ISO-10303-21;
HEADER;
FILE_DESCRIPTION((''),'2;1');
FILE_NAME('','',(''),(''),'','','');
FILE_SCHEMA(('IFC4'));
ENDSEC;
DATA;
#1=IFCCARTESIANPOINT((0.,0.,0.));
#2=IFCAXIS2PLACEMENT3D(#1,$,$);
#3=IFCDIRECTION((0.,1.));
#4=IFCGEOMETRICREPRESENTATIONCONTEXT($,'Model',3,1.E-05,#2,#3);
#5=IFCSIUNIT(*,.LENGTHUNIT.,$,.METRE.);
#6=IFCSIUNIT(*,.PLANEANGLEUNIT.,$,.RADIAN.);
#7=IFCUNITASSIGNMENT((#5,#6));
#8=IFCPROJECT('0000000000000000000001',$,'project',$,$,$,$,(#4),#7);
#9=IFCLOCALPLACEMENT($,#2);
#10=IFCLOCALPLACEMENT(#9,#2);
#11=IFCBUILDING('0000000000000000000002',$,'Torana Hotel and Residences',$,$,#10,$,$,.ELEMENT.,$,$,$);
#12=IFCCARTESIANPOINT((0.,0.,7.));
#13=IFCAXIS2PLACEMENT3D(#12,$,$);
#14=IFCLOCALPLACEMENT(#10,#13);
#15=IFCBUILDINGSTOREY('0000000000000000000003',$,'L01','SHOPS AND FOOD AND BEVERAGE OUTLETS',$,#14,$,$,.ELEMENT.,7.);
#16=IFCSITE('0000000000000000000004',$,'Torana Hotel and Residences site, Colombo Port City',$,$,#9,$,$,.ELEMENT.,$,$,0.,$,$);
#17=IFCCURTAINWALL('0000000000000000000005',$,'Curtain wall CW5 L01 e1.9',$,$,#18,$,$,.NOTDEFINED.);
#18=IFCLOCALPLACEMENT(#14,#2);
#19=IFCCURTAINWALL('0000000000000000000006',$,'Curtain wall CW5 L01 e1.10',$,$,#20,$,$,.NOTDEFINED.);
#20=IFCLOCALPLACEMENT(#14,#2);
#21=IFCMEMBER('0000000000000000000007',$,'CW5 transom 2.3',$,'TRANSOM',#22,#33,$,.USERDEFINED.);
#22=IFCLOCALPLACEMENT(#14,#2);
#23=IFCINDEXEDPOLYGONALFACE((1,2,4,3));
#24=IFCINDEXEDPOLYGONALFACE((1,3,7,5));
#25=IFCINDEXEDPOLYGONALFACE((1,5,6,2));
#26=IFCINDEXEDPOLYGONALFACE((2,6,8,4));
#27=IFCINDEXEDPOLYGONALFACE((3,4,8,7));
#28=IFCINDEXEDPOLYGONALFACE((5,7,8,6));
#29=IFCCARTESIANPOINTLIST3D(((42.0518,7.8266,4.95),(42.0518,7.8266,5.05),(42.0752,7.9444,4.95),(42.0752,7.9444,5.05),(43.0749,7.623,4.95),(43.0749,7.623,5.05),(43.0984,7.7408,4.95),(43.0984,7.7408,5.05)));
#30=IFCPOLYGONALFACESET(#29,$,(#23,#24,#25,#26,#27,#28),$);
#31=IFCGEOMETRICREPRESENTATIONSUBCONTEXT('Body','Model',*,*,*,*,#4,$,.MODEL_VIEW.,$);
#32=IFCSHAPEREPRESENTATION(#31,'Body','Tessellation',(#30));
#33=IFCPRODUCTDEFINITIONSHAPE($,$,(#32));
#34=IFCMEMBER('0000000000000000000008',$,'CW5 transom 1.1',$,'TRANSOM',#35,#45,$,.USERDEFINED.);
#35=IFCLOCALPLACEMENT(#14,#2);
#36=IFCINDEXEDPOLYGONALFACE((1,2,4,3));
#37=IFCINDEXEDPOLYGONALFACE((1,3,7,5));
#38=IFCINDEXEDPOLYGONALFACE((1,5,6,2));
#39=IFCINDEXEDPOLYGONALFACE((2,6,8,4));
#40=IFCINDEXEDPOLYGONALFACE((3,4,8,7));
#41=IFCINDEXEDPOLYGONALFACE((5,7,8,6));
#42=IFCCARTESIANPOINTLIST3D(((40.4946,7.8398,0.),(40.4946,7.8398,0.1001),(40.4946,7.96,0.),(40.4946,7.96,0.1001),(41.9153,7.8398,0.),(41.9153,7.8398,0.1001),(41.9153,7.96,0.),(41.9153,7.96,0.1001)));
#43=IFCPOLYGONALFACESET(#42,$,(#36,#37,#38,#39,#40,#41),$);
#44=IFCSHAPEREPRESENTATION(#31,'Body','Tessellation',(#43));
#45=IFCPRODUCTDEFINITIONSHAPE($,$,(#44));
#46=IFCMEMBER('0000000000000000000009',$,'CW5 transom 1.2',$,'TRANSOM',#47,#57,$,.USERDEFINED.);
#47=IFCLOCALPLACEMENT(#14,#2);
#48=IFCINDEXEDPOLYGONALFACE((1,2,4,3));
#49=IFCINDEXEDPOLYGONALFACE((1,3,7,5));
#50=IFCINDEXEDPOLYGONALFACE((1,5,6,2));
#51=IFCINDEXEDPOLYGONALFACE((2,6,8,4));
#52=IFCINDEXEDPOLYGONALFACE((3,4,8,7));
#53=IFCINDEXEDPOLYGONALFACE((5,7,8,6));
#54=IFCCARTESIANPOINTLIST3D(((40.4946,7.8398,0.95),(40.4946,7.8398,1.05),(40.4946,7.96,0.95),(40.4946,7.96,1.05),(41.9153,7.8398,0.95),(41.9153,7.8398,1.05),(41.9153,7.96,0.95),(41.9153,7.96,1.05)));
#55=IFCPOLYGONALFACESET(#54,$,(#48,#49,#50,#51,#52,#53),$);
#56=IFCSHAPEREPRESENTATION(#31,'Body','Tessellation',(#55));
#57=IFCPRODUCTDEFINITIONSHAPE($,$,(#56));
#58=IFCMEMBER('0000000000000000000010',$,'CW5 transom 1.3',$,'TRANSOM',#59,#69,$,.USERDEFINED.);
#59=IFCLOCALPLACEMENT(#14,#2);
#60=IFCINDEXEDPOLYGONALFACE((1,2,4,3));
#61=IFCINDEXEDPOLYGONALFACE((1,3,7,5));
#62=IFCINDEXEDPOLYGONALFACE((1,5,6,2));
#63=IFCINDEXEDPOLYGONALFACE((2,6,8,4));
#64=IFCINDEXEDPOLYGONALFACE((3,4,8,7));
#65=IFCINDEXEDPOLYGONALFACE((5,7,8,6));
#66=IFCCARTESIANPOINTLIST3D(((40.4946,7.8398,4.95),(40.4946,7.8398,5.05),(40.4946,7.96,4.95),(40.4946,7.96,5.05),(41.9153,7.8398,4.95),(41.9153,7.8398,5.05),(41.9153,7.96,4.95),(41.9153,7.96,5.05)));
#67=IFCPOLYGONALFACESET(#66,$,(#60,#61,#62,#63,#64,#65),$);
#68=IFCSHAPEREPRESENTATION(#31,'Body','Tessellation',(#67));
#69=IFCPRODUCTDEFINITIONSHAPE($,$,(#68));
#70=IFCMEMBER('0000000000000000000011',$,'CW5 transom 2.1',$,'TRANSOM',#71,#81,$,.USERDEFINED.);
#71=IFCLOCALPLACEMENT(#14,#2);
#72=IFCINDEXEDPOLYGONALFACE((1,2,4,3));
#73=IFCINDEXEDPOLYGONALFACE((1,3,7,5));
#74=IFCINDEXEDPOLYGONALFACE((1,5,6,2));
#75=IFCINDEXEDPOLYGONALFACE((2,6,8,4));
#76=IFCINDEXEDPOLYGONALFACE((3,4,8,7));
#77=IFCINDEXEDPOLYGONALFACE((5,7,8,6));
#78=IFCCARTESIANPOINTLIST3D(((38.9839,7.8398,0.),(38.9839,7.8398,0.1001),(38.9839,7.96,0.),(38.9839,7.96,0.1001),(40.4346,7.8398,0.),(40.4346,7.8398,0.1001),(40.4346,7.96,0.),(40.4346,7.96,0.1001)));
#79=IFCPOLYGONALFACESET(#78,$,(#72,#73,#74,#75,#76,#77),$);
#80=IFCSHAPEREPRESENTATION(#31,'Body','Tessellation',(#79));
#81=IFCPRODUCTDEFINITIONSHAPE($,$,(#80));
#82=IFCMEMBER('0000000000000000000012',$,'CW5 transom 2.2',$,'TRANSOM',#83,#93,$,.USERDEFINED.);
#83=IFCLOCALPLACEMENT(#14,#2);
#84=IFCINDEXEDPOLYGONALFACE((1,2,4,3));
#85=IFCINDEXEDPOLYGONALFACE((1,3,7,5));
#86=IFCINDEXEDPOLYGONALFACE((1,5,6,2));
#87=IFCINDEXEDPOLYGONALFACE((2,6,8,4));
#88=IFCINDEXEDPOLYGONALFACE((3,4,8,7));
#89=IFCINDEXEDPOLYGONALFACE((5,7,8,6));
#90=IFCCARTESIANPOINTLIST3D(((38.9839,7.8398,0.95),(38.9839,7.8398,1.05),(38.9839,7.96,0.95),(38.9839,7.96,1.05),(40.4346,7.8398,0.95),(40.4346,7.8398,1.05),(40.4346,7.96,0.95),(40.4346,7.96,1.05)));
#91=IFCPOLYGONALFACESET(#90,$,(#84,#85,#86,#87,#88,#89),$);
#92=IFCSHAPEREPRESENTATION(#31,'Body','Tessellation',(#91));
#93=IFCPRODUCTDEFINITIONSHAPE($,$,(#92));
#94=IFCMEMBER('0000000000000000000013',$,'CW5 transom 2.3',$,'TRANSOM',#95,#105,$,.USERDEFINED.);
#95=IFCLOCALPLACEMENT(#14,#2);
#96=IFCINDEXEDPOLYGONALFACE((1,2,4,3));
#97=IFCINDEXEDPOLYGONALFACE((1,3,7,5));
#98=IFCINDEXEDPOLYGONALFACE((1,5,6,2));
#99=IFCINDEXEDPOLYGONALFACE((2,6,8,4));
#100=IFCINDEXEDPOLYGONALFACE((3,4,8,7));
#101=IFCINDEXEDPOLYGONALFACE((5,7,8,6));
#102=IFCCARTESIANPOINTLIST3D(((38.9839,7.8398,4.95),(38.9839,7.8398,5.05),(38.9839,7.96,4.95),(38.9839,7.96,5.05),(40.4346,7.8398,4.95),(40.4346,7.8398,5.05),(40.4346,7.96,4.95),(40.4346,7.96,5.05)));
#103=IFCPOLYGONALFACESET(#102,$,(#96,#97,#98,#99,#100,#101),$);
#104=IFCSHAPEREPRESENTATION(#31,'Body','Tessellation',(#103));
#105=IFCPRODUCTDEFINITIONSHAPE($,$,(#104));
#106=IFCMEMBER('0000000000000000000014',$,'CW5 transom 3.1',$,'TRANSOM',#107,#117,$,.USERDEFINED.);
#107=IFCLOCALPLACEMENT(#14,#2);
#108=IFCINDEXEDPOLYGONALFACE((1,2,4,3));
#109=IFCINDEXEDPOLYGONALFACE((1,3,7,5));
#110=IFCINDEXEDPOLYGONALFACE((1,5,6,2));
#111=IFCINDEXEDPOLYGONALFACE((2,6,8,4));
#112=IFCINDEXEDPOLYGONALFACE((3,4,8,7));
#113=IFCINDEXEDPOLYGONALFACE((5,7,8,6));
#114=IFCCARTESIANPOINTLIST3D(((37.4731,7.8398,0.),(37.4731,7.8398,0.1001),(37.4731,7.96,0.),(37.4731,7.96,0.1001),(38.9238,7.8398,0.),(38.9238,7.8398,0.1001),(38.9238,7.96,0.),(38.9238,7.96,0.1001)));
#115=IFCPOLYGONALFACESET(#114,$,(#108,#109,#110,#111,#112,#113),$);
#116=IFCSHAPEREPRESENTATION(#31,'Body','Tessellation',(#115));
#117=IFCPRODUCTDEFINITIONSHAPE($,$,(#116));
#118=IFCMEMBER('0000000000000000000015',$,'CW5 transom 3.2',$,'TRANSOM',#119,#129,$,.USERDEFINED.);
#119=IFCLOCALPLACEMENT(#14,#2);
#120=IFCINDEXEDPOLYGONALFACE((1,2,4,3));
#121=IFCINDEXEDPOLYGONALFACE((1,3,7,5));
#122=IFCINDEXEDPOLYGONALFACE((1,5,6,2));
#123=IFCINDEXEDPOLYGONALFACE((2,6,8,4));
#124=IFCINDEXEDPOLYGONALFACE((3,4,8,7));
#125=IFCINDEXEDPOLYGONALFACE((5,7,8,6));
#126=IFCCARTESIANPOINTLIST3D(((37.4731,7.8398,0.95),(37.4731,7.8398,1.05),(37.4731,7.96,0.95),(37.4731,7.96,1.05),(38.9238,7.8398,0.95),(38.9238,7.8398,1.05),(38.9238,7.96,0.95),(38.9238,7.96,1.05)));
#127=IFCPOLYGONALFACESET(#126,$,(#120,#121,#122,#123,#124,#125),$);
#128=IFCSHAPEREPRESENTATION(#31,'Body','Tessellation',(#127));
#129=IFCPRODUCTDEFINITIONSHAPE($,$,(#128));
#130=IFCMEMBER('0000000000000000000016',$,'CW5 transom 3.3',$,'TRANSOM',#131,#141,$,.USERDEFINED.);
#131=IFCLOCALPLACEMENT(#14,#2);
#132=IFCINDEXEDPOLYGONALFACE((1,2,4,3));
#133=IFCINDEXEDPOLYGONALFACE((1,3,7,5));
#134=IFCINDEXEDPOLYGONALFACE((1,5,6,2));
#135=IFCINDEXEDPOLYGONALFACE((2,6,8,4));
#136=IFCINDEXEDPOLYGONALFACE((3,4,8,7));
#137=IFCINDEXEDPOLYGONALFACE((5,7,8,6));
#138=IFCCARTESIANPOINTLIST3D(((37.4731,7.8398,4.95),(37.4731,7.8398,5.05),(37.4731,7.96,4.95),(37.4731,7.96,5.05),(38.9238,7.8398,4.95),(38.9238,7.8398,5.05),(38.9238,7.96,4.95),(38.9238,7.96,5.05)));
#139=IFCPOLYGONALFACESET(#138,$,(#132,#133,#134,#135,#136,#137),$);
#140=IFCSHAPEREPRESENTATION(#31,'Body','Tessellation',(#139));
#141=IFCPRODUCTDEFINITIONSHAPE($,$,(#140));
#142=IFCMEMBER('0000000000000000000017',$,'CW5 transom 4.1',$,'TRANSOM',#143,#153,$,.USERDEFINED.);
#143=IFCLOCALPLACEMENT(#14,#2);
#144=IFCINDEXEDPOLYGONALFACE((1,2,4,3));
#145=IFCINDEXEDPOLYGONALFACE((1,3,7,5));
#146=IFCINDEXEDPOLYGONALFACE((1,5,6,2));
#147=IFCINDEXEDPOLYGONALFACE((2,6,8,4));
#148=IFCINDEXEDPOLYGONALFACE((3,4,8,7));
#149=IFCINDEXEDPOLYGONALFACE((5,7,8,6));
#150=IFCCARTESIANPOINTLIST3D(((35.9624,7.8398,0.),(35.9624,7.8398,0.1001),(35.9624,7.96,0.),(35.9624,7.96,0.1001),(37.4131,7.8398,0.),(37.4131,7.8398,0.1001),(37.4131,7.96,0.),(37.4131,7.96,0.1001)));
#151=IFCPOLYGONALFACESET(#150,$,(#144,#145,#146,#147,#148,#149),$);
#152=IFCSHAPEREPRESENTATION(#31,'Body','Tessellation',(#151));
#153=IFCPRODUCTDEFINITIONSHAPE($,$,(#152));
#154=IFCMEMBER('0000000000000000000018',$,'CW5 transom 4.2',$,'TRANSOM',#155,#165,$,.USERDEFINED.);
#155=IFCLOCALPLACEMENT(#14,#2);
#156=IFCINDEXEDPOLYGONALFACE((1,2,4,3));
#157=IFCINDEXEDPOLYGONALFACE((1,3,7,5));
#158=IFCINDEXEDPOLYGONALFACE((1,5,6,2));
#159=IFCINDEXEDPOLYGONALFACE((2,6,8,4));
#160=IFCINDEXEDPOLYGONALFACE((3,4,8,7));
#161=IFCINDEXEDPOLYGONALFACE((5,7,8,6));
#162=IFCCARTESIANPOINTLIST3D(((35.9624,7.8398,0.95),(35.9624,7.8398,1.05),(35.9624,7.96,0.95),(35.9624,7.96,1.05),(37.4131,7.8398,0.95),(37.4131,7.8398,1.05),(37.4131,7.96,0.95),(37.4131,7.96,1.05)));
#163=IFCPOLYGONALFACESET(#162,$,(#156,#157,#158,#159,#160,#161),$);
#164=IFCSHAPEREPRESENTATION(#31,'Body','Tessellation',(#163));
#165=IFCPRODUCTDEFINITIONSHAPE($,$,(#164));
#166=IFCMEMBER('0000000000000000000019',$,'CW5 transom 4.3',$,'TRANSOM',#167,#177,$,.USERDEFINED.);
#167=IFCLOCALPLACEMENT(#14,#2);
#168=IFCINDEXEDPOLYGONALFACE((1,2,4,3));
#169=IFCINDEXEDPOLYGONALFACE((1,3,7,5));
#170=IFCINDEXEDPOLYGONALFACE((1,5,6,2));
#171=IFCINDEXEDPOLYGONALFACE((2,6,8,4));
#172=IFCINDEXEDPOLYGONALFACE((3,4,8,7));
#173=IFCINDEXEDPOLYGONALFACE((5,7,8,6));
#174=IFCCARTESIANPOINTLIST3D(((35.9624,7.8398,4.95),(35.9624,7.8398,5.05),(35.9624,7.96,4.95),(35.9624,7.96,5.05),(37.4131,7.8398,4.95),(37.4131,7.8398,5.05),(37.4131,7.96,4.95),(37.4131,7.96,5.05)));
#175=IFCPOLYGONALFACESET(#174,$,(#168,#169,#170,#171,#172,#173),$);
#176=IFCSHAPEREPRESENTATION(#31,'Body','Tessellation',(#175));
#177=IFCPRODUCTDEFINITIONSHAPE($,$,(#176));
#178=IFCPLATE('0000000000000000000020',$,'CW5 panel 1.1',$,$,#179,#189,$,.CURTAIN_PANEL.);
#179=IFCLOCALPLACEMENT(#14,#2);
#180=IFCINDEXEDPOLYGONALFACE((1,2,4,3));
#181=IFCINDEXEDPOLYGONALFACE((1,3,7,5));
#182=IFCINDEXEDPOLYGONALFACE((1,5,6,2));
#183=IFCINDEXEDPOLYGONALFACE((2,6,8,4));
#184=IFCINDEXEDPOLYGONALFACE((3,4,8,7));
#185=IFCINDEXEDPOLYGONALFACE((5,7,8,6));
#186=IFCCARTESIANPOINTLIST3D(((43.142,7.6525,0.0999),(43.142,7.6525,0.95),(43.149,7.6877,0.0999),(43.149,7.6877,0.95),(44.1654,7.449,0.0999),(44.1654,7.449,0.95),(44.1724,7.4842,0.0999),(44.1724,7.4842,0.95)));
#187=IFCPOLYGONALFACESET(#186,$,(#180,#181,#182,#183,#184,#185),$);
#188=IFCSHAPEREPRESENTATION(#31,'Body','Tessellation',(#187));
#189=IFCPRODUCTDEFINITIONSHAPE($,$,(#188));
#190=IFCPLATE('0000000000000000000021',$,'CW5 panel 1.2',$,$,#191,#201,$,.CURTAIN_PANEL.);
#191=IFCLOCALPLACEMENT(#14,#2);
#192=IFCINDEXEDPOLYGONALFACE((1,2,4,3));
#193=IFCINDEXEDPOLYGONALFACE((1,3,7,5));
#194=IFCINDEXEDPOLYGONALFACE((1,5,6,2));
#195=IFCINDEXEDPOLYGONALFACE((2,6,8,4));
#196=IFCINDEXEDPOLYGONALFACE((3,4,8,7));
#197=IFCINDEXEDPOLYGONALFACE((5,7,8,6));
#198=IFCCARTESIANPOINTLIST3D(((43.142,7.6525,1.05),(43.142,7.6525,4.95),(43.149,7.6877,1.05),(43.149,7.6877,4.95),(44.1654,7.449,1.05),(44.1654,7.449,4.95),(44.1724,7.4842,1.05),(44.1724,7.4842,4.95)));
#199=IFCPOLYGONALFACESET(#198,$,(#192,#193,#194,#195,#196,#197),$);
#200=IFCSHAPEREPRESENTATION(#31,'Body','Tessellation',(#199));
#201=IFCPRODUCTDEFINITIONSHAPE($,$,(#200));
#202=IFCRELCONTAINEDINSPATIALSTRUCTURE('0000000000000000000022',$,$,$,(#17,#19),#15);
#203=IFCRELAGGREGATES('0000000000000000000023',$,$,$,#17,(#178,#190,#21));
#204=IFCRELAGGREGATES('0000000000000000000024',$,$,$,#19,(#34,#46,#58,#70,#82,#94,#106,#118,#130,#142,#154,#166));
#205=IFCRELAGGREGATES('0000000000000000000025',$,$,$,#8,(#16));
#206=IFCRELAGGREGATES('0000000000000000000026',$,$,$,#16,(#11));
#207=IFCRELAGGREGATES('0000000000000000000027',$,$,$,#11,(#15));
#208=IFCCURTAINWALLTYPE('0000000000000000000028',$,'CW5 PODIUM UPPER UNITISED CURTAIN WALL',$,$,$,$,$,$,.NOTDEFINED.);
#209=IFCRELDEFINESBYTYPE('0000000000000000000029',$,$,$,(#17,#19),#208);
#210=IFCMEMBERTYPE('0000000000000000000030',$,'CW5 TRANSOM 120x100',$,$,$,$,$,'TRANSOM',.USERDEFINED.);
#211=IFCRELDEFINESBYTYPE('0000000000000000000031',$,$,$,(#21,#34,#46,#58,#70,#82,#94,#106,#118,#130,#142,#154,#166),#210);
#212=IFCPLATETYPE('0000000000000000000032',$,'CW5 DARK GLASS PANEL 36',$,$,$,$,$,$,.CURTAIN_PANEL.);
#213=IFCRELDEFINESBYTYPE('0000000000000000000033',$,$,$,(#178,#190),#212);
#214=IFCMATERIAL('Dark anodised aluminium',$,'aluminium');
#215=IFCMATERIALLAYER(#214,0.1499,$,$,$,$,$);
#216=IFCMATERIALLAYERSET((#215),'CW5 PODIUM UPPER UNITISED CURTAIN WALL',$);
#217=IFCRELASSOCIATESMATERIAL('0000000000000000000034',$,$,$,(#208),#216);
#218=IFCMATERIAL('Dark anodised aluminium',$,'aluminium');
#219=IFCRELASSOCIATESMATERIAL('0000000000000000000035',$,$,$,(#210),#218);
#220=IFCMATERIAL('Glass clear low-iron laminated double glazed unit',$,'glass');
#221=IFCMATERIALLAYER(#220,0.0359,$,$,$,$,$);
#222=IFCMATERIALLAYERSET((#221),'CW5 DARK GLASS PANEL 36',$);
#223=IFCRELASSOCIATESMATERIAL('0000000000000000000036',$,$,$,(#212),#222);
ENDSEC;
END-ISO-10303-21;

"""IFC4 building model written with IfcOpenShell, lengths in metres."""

from ifc_helpers import new_model, si_unit, direction, frame, origin, origin_2d, place, context, subcontext, project, spatial, rectangle, extrude, material, layer, layer_set, material_profile, profile_set, type_object, element, aggregate, save


model = new_model("IFC4")

# Units and contexts
model_context = context("Model", 3, precision=1e-05, world=origin(), true_north=direction((0.0, 1.0)))
body_context = subcontext(model_context, "Body", "Model", "MODEL_VIEW")
ifc_project = project(units=[si_unit("LENGTHUNIT", "METRE"), si_unit("PLANEANGLEUNIT", "RADIAN")], contexts=[model_context])

# Site, building, storey
site_placement = place(None, origin())
site = spatial("IfcSite", under=ifc_project, at=site_placement, Name="Torana Hotel and Residences site, Colombo Port City", CompositionType="ELEMENT", RefElevation=0.0)
building_placement = place(site_placement, origin())
building = spatial("IfcBuilding", under=site, at=building_placement, Name="Torana Hotel and Residences", CompositionType="ELEMENT")
storey_placement = place(building_placement, frame((0.0, 0.0, 7.0)))
storey = spatial("IfcBuildingStorey", under=building, at=storey_placement, Name="L01", Description="SHOPS AND FOOD AND BEVERAGE OUTLETS", CompositionType="ELEMENT", Elevation=7.0)

# Curtain walls
ifc_material_1 = material(Name="Dark anodised aluminium", Category="aluminium")
ifc_layer_1 = layer(ifc_material_1, 0.1499)
ifc_layer_set_1 = layer_set([ifc_layer_1], Name="CW5 PODIUM UPPER UNITISED CURTAIN WALL")
curtain_wall_type = type_object("IfcCurtainWallType", Name="CW5 PODIUM UPPER UNITISED CURTAIN WALL", PredefinedType="NOTDEFINED", material=ifc_layer_set_1)
curtain_wall_1_placement = place(storey_placement, origin())
curtain_wall_1 = element("IfcCurtainWall", 1, at=curtain_wall_1_placement, inside=storey, type_object=curtain_wall_type, Name="Curtain wall CW5 L01 e1.9", PredefinedType="NOTDEFINED")
curtain_wall_2_placement = place(storey_placement, origin())
curtain_wall_2 = element("IfcCurtainWall", 2, at=curtain_wall_2_placement, inside=storey, type_object=curtain_wall_type, Name="Curtain wall CW5 L01 e1.10", PredefinedType="NOTDEFINED")

# Members
ifc_material_2 = material(Name="Dark anodised aluminium", Category="aluminium")
ifc_material_profile_1 = material_profile(ifc_material_2, rectangle(XDim=0.1201, YDim=0.1001, at=origin_2d()), Name="CW5 TRANSOM 120x100")
ifc_profile_set_1 = profile_set([ifc_material_profile_1], Name="Dark anodised aluminium")
member_type_1 = type_object("IfcMemberType", Name="CW5 TRANSOM 120x100", ElementType="TRANSOM", PredefinedType="USERDEFINED", material=ifc_profile_set_1)
member_1_placement = place(storey_placement, frame((43.0867, 7.6819, 5.0), z_axis=(-0.980769, 0.195171, 0.0), x_axis=(-0.195171, -0.980769, 0.0)))
member_1 = element("IfcMember", 3, at=member_1_placement, type_object=member_type_1, Name="CW5 transom 2.3", ObjectType="TRANSOM", PredefinedType="USERDEFINED", context=body_context, shape_type="SweptSolid", body=[
    extrude(rectangle(XDim=0.1201, YDim=0.1001, at=origin_2d()), origin(), (0.0, 0.0, 1.0), 1.0432),
])
member_2_placement = place(storey_placement, frame((41.9153, 7.8999, 0.05), z_axis=(-1.0, 0.0, 0.0), x_axis=(0.0, -1.0, 0.0)))
member_2 = element("IfcMember", 4, at=member_2_placement, type_object=member_type_1, Name="CW5 transom 1.1", ObjectType="TRANSOM", PredefinedType="USERDEFINED", context=body_context, shape_type="SweptSolid", body=[
    extrude(rectangle(XDim=0.1201, YDim=0.1001, at=origin_2d()), origin(), (0.0, 0.0, 1.0), 1.4207),
])
member_3_placement = place(storey_placement, frame((41.9153, 7.8999, 1.0), z_axis=(-1.0, 0.0, 0.0), x_axis=(0.0, -1.0, 0.0)))
member_3 = element("IfcMember", 5, at=member_3_placement, type_object=member_type_1, Name="CW5 transom 1.2", ObjectType="TRANSOM", PredefinedType="USERDEFINED", context=body_context, shape_type="SweptSolid", body=[
    extrude(rectangle(XDim=0.1201, YDim=0.1001, at=origin_2d()), origin(), (0.0, 0.0, 1.0), 1.4207),
])
member_4_placement = place(storey_placement, frame((41.9153, 7.8999, 5.0), z_axis=(-1.0, 0.0, 0.0), x_axis=(0.0, -1.0, 0.0)))
member_4 = element("IfcMember", 6, at=member_4_placement, type_object=member_type_1, Name="CW5 transom 1.3", ObjectType="TRANSOM", PredefinedType="USERDEFINED", context=body_context, shape_type="SweptSolid", body=[
    extrude(rectangle(XDim=0.1201, YDim=0.1001, at=origin_2d()), origin(), (0.0, 0.0, 1.0), 1.4207),
])
member_5_placement = place(storey_placement, frame((40.4346, 7.8999, 0.05), z_axis=(-1.0, 0.0, 0.0), x_axis=(0.0, -1.0, 0.0)))
member_5 = element("IfcMember", 7, at=member_5_placement, type_object=member_type_1, Name="CW5 transom 2.1", ObjectType="TRANSOM", PredefinedType="USERDEFINED", context=body_context, shape_type="SweptSolid", body=[
    extrude(rectangle(XDim=0.1201, YDim=0.1001, at=origin_2d()), origin(), (0.0, 0.0, 1.0), 1.4507),
])
member_6_placement = place(storey_placement, frame((40.4346, 7.8999, 1.0), z_axis=(-1.0, 0.0, 0.0), x_axis=(0.0, -1.0, 0.0)))
member_6 = element("IfcMember", 8, at=member_6_placement, type_object=member_type_1, Name="CW5 transom 2.2", ObjectType="TRANSOM", PredefinedType="USERDEFINED", context=body_context, shape_type="SweptSolid", body=[
    extrude(rectangle(XDim=0.1201, YDim=0.1001, at=origin_2d()), origin(), (0.0, 0.0, 1.0), 1.4507),
])
member_7_placement = place(storey_placement, frame((40.4346, 7.8999, 5.0), z_axis=(-1.0, 0.0, 0.0), x_axis=(0.0, -1.0, 0.0)))
member_7 = element("IfcMember", 9, at=member_7_placement, type_object=member_type_1, Name="CW5 transom 2.3", ObjectType="TRANSOM", PredefinedType="USERDEFINED", context=body_context, shape_type="SweptSolid", body=[
    extrude(rectangle(XDim=0.1201, YDim=0.1001, at=origin_2d()), origin(), (0.0, 0.0, 1.0), 1.4507),
])
member_8_placement = place(storey_placement, frame((38.9238, 7.8999, 0.05), z_axis=(-1.0, 0.0, 0.0), x_axis=(0.0, -1.0, 0.0)))
member_8 = element("IfcMember", 10, at=member_8_placement, type_object=member_type_1, Name="CW5 transom 3.1", ObjectType="TRANSOM", PredefinedType="USERDEFINED", context=body_context, shape_type="SweptSolid", body=[
    extrude(rectangle(XDim=0.1201, YDim=0.1001, at=origin_2d()), origin(), (0.0, 0.0, 1.0), 1.4507),
])
member_9_placement = place(storey_placement, frame((38.9238, 7.8999, 1.0), z_axis=(-1.0, 0.0, 0.0), x_axis=(0.0, -1.0, 0.0)))
member_9 = element("IfcMember", 11, at=member_9_placement, type_object=member_type_1, Name="CW5 transom 3.2", ObjectType="TRANSOM", PredefinedType="USERDEFINED", context=body_context, shape_type="SweptSolid", body=[
    extrude(rectangle(XDim=0.1201, YDim=0.1001, at=origin_2d()), origin(), (0.0, 0.0, 1.0), 1.4507),
])
member_10_placement = place(storey_placement, frame((38.9238, 7.8999, 5.0), z_axis=(-1.0, 0.0, 0.0), x_axis=(0.0, -1.0, 0.0)))
member_10 = element("IfcMember", 12, at=member_10_placement, type_object=member_type_1, Name="CW5 transom 3.3", ObjectType="TRANSOM", PredefinedType="USERDEFINED", context=body_context, shape_type="SweptSolid", body=[
    extrude(rectangle(XDim=0.1201, YDim=0.1001, at=origin_2d()), origin(), (0.0, 0.0, 1.0), 1.4507),
])
member_11_placement = place(storey_placement, frame((37.4131, 7.8999, 0.05), z_axis=(-1.0, 0.0, 0.0), x_axis=(0.0, -1.0, 0.0)))
member_11 = element("IfcMember", 13, at=member_11_placement, type_object=member_type_1, Name="CW5 transom 4.1", ObjectType="TRANSOM", PredefinedType="USERDEFINED", context=body_context, shape_type="SweptSolid", body=[
    extrude(rectangle(XDim=0.1201, YDim=0.1001, at=origin_2d()), origin(), (0.0, 0.0, 1.0), 1.4507),
])
member_12_placement = place(storey_placement, frame((37.4131, 7.8999, 1.0), z_axis=(-1.0, 0.0, 0.0), x_axis=(0.0, -1.0, 0.0)))
member_12 = element("IfcMember", 14, at=member_12_placement, type_object=member_type_1, Name="CW5 transom 4.2", ObjectType="TRANSOM", PredefinedType="USERDEFINED", context=body_context, shape_type="SweptSolid", body=[
    extrude(rectangle(XDim=0.1201, YDim=0.1001, at=origin_2d()), origin(), (0.0, 0.0, 1.0), 1.4507),
])
member_13_placement = place(storey_placement, frame((37.4131, 7.8999, 5.0), z_axis=(-1.0, 0.0, 0.0), x_axis=(0.0, -1.0, 0.0)))
member_13 = element("IfcMember", 15, at=member_13_placement, type_object=member_type_1, Name="CW5 transom 4.3", ObjectType="TRANSOM", PredefinedType="USERDEFINED", context=body_context, shape_type="SweptSolid", body=[
    extrude(rectangle(XDim=0.1201, YDim=0.1001, at=origin_2d()), origin(), (0.0, 0.0, 1.0), 1.4507),
])

# Plates
ifc_material_3 = material(Name="Glass clear low-iron laminated double glazed unit", Category="glass")
ifc_layer_2 = layer(ifc_material_3, 0.0359)
ifc_layer_set_2 = layer_set([ifc_layer_2], Name="CW5 DARK GLASS PANEL 36")
plate_type = type_object("IfcPlateType", Name="CW5 DARK GLASS PANEL 36", PredefinedType="CURTAIN_PANEL", material=ifc_layer_set_2)
plate_1_placement = place(storey_placement, frame((43.6572, 7.5684, 0.0999), z_axis=(0.0, 0.0, 1.0), x_axis=(-0.980787, 0.195081, 0.0)))
plate_1 = element("IfcPlate", 16, at=plate_1_placement, type_object=plate_type, Name="CW5 panel 1.1", PredefinedType="CURTAIN_PANEL", context=body_context, shape_type="SweptSolid", body=[
    extrude(rectangle(XDim=1.0435, YDim=0.0359, at=origin_2d()), origin(), (0.0, 0.0, 1.0), 0.8501),
])
plate_2_placement = place(storey_placement, frame((43.6572, 7.5684, 1.05), z_axis=(0.0, 0.0, 1.0), x_axis=(-0.980787, 0.195081, 0.0)))
plate_2 = element("IfcPlate", 17, at=plate_2_placement, type_object=plate_type, Name="CW5 panel 1.2", PredefinedType="CURTAIN_PANEL", context=body_context, shape_type="SweptSolid", body=[
    extrude(rectangle(XDim=1.0435, YDim=0.0359, at=origin_2d()), origin(), (0.0, 0.0, 1.0), 3.8999),
])
aggregate(curtain_wall_1, [plate_1, plate_2, member_1])
aggregate(curtain_wall_2, [member_2, member_3, member_4, member_5, member_6, member_7, member_8, member_9, member_10, member_11, member_12, member_13])

save(model, "model.ifc")
